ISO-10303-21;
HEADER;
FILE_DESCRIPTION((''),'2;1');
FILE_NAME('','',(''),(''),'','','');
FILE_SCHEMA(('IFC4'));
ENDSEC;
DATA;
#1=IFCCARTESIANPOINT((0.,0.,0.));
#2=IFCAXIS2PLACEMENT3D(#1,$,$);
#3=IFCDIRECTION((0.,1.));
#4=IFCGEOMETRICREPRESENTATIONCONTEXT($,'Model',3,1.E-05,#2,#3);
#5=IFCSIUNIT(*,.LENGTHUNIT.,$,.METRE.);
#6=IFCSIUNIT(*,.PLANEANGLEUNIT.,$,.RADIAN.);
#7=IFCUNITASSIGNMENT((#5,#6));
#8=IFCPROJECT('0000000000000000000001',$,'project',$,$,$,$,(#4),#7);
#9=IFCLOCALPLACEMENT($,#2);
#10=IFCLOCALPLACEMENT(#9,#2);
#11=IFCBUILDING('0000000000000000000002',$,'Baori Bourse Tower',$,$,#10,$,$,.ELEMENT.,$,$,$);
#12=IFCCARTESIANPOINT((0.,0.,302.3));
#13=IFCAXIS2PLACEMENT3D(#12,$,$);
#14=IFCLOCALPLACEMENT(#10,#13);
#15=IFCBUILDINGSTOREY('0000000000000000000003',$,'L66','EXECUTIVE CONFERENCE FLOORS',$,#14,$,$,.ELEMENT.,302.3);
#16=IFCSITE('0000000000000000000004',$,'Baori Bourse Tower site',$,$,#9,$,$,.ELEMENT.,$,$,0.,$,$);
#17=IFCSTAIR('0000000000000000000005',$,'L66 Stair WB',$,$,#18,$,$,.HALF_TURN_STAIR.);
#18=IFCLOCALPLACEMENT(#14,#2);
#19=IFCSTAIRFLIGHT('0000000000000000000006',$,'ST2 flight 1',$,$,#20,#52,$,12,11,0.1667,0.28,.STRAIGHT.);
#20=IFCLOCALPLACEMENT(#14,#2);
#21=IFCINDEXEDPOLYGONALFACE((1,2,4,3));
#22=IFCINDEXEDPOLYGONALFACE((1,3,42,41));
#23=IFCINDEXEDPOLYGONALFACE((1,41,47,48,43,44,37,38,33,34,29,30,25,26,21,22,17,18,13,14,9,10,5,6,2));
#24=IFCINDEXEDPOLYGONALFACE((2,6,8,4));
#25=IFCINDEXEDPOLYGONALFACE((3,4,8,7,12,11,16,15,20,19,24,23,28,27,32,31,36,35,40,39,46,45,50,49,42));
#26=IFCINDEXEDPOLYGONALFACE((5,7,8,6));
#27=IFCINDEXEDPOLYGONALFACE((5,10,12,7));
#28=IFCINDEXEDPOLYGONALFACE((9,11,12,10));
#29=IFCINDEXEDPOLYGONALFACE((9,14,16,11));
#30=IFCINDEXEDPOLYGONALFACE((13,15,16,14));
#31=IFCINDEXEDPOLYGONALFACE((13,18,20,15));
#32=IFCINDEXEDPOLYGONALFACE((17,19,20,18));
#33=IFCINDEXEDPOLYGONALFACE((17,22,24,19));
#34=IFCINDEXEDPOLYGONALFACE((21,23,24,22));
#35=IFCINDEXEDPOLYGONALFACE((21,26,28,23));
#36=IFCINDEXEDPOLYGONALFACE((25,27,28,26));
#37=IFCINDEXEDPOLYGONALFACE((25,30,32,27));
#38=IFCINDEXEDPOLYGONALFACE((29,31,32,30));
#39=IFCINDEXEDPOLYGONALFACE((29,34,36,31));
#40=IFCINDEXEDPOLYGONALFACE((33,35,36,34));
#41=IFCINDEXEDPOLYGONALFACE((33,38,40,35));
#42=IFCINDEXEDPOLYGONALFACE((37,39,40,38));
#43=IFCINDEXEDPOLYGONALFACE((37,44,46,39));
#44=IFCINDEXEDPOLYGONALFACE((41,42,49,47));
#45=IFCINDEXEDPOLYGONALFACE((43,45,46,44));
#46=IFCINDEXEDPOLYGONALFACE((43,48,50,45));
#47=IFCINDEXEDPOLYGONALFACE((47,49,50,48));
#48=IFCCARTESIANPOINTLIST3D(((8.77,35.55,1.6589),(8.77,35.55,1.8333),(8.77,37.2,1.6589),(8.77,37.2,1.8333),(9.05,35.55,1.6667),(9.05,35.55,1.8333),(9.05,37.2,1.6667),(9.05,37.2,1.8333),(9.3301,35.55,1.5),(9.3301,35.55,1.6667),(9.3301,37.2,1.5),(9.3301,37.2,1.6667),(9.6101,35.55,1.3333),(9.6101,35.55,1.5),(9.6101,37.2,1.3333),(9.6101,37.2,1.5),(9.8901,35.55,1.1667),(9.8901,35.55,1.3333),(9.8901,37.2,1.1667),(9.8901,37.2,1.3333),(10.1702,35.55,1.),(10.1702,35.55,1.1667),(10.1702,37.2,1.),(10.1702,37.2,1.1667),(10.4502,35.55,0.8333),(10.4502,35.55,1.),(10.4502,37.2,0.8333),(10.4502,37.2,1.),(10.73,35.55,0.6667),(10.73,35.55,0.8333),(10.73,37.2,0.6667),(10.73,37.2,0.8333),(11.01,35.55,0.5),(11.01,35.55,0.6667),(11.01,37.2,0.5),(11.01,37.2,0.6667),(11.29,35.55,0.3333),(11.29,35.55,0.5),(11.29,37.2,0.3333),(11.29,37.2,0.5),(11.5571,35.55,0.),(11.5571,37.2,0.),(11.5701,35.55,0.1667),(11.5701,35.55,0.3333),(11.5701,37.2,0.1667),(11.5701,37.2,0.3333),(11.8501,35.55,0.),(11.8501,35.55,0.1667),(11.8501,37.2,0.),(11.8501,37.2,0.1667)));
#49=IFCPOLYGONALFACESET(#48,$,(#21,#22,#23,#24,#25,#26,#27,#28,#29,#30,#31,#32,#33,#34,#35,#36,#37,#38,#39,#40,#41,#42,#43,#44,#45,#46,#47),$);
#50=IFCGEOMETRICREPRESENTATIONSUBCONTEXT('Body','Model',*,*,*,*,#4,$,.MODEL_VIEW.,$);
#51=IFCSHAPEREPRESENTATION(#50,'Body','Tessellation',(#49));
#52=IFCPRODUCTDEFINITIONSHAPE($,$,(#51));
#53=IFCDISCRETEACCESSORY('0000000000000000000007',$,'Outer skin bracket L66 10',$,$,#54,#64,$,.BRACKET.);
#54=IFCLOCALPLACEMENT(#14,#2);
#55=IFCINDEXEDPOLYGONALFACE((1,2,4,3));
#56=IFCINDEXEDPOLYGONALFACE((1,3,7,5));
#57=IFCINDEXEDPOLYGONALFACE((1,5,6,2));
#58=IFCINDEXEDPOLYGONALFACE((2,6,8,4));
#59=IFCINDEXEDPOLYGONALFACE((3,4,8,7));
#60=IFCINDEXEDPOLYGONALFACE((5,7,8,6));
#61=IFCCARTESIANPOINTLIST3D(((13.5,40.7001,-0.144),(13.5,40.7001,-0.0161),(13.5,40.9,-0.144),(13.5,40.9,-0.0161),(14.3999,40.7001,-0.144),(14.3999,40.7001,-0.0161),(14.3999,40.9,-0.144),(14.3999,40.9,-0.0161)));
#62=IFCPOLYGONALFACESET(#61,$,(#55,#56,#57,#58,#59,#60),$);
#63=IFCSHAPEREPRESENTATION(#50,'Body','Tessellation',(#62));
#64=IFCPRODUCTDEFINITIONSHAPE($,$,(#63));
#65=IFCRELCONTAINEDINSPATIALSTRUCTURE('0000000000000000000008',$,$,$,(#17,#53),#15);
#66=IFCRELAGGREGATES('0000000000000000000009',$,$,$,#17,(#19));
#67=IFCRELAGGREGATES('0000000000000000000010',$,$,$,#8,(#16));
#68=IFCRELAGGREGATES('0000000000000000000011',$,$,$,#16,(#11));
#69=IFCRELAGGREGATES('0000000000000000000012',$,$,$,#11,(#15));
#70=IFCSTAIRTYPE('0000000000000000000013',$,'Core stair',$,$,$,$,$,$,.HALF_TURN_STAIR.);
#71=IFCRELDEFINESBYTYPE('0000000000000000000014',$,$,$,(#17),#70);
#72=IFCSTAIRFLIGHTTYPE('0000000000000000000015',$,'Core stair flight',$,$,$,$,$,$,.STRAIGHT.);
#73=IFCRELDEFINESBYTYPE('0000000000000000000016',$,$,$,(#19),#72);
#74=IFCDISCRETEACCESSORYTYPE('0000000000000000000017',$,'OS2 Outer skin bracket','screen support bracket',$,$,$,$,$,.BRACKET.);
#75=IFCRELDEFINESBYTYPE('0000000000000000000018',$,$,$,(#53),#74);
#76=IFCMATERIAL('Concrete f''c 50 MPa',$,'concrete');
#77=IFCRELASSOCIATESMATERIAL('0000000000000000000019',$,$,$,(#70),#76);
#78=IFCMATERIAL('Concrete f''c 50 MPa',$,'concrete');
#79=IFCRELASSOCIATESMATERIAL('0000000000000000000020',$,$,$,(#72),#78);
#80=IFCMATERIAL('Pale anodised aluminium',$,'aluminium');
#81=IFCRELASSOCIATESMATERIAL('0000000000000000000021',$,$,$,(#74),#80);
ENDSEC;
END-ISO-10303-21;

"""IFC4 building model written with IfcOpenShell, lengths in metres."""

from ifc_helpers import new_model, si_unit, direction, frame, origin, origin_2d, place, context, subcontext, project, spatial, polyline, rectangle, outline, extrude, material, type_object, element, aggregate, save


model = new_model("IFC4")

# Units and contexts
model_context = context("Model", 3, precision=1e-05, world=origin(), true_north=direction((0.0, 1.0)))
body_context = subcontext(model_context, "Body", "Model", "MODEL_VIEW")
ifc_project = project(units=[si_unit("LENGTHUNIT", "METRE"), si_unit("PLANEANGLEUNIT", "RADIAN")], contexts=[model_context])

# Site, building, storey
site_placement = place(None, origin())
site = spatial("IfcSite", under=ifc_project, at=site_placement, Name="Baori Bourse Tower site", CompositionType="ELEMENT", RefElevation=0.0)
building_placement = place(site_placement, origin())
building = spatial("IfcBuilding", under=site, at=building_placement, Name="Baori Bourse Tower", CompositionType="ELEMENT")
storey_placement = place(building_placement, frame((0.0, 0.0, 302.3)))
storey = spatial("IfcBuildingStorey", under=building, at=storey_placement, Name="L66", Description="EXECUTIVE CONFERENCE FLOORS", CompositionType="ELEMENT", Elevation=302.3)

# Stair, stair flight
ifc_material_1 = material(Name="Concrete f'c 50 MPa", Category="concrete")
stair_type = type_object("IfcStairType", Name="Core stair", PredefinedType="HALF_TURN_STAIR", material=ifc_material_1)
stair_placement = place(storey_placement, origin())
stair = element("IfcStair", 1, at=stair_placement, inside=storey, type_object=stair_type, Name="L66 Stair WB", PredefinedType="HALF_TURN_STAIR")
ifc_material_2 = material(Name="Concrete f'c 50 MPa", Category="concrete")
stair_flight_type = type_object("IfcStairFlightType", Name="Core stair flight", PredefinedType="STRAIGHT", material=ifc_material_2)
stair_flight_placement = place(storey_placement, frame((11.8501, 36.375, 0.0), z_axis=(0.0, 0.0, 1.0), x_axis=(-1.0, 0.0, 0.0)))
stair_flight = element("IfcStairFlight", 2, at=stair_flight_placement, type_object=stair_flight_type, Name="ST2 flight 1", NumberOfRisers=12, NumberOfTreads=11, PredefinedType="STRAIGHT", RiserHeight=0.1667, TreadLength=0.28, context=body_context, shape_type="SweptSolid", body=[
    extrude(outline(polyline([(0.0, 0.0), (0.0, 0.1667), (0.28, 0.1667), (0.28, 0.3333), (0.5601, 0.3333), (0.5601, 0.5), (0.8401, 0.5), (0.8401, 0.6667), (1.1201, 0.6667), (1.1201, 0.8333), (1.3999, 0.8333), (1.3999, 1.0), (1.6799, 1.0), (1.6799, 1.1667), (1.96, 1.1667), (1.96, 1.3333), (2.24, 1.3333), (2.24, 1.5), (2.52, 1.5), (2.52, 1.6667), (2.8, 1.6667), (2.8, 1.8333), (3.0801, 1.8333), (3.0801, 2.0), (3.0801, 1.6589), (0.293, 0.0), (0.0, 0.0)])), frame((0.0, 0.825, 0.0), z_axis=(0.0, -1.0, 0.0), x_axis=(1.0, 0.0, 0.0)), (0.0, 0.0, 1.0), 1.6499),
])
aggregate(stair, [stair_flight])

# Discrete accessory
ifc_material_3 = material(Name="Pale anodised aluminium", Category="aluminium")
discrete_accessory_type = type_object("IfcDiscreteAccessoryType", Name="OS2 Outer skin bracket", Description="screen support bracket", PredefinedType="BRACKET", material=ifc_material_3)
discrete_accessory_placement = place(storey_placement, frame((13.95, 40.8, -0.144), z_axis=(0.0, 0.0, 1.0), x_axis=(0.0, -1.0, 0.0)))
element("IfcDiscreteAccessory", 3, at=discrete_accessory_placement, inside=storey, type_object=discrete_accessory_type, Name="Outer skin bracket L66 10", PredefinedType="BRACKET", context=body_context, shape_type="SweptSolid", body=[
    extrude(rectangle(XDim=0.2, YDim=0.8999, at=origin_2d()), origin(), (0.0, 0.0, 1.0), 0.1279),
])

save(model, "model.ifc")
